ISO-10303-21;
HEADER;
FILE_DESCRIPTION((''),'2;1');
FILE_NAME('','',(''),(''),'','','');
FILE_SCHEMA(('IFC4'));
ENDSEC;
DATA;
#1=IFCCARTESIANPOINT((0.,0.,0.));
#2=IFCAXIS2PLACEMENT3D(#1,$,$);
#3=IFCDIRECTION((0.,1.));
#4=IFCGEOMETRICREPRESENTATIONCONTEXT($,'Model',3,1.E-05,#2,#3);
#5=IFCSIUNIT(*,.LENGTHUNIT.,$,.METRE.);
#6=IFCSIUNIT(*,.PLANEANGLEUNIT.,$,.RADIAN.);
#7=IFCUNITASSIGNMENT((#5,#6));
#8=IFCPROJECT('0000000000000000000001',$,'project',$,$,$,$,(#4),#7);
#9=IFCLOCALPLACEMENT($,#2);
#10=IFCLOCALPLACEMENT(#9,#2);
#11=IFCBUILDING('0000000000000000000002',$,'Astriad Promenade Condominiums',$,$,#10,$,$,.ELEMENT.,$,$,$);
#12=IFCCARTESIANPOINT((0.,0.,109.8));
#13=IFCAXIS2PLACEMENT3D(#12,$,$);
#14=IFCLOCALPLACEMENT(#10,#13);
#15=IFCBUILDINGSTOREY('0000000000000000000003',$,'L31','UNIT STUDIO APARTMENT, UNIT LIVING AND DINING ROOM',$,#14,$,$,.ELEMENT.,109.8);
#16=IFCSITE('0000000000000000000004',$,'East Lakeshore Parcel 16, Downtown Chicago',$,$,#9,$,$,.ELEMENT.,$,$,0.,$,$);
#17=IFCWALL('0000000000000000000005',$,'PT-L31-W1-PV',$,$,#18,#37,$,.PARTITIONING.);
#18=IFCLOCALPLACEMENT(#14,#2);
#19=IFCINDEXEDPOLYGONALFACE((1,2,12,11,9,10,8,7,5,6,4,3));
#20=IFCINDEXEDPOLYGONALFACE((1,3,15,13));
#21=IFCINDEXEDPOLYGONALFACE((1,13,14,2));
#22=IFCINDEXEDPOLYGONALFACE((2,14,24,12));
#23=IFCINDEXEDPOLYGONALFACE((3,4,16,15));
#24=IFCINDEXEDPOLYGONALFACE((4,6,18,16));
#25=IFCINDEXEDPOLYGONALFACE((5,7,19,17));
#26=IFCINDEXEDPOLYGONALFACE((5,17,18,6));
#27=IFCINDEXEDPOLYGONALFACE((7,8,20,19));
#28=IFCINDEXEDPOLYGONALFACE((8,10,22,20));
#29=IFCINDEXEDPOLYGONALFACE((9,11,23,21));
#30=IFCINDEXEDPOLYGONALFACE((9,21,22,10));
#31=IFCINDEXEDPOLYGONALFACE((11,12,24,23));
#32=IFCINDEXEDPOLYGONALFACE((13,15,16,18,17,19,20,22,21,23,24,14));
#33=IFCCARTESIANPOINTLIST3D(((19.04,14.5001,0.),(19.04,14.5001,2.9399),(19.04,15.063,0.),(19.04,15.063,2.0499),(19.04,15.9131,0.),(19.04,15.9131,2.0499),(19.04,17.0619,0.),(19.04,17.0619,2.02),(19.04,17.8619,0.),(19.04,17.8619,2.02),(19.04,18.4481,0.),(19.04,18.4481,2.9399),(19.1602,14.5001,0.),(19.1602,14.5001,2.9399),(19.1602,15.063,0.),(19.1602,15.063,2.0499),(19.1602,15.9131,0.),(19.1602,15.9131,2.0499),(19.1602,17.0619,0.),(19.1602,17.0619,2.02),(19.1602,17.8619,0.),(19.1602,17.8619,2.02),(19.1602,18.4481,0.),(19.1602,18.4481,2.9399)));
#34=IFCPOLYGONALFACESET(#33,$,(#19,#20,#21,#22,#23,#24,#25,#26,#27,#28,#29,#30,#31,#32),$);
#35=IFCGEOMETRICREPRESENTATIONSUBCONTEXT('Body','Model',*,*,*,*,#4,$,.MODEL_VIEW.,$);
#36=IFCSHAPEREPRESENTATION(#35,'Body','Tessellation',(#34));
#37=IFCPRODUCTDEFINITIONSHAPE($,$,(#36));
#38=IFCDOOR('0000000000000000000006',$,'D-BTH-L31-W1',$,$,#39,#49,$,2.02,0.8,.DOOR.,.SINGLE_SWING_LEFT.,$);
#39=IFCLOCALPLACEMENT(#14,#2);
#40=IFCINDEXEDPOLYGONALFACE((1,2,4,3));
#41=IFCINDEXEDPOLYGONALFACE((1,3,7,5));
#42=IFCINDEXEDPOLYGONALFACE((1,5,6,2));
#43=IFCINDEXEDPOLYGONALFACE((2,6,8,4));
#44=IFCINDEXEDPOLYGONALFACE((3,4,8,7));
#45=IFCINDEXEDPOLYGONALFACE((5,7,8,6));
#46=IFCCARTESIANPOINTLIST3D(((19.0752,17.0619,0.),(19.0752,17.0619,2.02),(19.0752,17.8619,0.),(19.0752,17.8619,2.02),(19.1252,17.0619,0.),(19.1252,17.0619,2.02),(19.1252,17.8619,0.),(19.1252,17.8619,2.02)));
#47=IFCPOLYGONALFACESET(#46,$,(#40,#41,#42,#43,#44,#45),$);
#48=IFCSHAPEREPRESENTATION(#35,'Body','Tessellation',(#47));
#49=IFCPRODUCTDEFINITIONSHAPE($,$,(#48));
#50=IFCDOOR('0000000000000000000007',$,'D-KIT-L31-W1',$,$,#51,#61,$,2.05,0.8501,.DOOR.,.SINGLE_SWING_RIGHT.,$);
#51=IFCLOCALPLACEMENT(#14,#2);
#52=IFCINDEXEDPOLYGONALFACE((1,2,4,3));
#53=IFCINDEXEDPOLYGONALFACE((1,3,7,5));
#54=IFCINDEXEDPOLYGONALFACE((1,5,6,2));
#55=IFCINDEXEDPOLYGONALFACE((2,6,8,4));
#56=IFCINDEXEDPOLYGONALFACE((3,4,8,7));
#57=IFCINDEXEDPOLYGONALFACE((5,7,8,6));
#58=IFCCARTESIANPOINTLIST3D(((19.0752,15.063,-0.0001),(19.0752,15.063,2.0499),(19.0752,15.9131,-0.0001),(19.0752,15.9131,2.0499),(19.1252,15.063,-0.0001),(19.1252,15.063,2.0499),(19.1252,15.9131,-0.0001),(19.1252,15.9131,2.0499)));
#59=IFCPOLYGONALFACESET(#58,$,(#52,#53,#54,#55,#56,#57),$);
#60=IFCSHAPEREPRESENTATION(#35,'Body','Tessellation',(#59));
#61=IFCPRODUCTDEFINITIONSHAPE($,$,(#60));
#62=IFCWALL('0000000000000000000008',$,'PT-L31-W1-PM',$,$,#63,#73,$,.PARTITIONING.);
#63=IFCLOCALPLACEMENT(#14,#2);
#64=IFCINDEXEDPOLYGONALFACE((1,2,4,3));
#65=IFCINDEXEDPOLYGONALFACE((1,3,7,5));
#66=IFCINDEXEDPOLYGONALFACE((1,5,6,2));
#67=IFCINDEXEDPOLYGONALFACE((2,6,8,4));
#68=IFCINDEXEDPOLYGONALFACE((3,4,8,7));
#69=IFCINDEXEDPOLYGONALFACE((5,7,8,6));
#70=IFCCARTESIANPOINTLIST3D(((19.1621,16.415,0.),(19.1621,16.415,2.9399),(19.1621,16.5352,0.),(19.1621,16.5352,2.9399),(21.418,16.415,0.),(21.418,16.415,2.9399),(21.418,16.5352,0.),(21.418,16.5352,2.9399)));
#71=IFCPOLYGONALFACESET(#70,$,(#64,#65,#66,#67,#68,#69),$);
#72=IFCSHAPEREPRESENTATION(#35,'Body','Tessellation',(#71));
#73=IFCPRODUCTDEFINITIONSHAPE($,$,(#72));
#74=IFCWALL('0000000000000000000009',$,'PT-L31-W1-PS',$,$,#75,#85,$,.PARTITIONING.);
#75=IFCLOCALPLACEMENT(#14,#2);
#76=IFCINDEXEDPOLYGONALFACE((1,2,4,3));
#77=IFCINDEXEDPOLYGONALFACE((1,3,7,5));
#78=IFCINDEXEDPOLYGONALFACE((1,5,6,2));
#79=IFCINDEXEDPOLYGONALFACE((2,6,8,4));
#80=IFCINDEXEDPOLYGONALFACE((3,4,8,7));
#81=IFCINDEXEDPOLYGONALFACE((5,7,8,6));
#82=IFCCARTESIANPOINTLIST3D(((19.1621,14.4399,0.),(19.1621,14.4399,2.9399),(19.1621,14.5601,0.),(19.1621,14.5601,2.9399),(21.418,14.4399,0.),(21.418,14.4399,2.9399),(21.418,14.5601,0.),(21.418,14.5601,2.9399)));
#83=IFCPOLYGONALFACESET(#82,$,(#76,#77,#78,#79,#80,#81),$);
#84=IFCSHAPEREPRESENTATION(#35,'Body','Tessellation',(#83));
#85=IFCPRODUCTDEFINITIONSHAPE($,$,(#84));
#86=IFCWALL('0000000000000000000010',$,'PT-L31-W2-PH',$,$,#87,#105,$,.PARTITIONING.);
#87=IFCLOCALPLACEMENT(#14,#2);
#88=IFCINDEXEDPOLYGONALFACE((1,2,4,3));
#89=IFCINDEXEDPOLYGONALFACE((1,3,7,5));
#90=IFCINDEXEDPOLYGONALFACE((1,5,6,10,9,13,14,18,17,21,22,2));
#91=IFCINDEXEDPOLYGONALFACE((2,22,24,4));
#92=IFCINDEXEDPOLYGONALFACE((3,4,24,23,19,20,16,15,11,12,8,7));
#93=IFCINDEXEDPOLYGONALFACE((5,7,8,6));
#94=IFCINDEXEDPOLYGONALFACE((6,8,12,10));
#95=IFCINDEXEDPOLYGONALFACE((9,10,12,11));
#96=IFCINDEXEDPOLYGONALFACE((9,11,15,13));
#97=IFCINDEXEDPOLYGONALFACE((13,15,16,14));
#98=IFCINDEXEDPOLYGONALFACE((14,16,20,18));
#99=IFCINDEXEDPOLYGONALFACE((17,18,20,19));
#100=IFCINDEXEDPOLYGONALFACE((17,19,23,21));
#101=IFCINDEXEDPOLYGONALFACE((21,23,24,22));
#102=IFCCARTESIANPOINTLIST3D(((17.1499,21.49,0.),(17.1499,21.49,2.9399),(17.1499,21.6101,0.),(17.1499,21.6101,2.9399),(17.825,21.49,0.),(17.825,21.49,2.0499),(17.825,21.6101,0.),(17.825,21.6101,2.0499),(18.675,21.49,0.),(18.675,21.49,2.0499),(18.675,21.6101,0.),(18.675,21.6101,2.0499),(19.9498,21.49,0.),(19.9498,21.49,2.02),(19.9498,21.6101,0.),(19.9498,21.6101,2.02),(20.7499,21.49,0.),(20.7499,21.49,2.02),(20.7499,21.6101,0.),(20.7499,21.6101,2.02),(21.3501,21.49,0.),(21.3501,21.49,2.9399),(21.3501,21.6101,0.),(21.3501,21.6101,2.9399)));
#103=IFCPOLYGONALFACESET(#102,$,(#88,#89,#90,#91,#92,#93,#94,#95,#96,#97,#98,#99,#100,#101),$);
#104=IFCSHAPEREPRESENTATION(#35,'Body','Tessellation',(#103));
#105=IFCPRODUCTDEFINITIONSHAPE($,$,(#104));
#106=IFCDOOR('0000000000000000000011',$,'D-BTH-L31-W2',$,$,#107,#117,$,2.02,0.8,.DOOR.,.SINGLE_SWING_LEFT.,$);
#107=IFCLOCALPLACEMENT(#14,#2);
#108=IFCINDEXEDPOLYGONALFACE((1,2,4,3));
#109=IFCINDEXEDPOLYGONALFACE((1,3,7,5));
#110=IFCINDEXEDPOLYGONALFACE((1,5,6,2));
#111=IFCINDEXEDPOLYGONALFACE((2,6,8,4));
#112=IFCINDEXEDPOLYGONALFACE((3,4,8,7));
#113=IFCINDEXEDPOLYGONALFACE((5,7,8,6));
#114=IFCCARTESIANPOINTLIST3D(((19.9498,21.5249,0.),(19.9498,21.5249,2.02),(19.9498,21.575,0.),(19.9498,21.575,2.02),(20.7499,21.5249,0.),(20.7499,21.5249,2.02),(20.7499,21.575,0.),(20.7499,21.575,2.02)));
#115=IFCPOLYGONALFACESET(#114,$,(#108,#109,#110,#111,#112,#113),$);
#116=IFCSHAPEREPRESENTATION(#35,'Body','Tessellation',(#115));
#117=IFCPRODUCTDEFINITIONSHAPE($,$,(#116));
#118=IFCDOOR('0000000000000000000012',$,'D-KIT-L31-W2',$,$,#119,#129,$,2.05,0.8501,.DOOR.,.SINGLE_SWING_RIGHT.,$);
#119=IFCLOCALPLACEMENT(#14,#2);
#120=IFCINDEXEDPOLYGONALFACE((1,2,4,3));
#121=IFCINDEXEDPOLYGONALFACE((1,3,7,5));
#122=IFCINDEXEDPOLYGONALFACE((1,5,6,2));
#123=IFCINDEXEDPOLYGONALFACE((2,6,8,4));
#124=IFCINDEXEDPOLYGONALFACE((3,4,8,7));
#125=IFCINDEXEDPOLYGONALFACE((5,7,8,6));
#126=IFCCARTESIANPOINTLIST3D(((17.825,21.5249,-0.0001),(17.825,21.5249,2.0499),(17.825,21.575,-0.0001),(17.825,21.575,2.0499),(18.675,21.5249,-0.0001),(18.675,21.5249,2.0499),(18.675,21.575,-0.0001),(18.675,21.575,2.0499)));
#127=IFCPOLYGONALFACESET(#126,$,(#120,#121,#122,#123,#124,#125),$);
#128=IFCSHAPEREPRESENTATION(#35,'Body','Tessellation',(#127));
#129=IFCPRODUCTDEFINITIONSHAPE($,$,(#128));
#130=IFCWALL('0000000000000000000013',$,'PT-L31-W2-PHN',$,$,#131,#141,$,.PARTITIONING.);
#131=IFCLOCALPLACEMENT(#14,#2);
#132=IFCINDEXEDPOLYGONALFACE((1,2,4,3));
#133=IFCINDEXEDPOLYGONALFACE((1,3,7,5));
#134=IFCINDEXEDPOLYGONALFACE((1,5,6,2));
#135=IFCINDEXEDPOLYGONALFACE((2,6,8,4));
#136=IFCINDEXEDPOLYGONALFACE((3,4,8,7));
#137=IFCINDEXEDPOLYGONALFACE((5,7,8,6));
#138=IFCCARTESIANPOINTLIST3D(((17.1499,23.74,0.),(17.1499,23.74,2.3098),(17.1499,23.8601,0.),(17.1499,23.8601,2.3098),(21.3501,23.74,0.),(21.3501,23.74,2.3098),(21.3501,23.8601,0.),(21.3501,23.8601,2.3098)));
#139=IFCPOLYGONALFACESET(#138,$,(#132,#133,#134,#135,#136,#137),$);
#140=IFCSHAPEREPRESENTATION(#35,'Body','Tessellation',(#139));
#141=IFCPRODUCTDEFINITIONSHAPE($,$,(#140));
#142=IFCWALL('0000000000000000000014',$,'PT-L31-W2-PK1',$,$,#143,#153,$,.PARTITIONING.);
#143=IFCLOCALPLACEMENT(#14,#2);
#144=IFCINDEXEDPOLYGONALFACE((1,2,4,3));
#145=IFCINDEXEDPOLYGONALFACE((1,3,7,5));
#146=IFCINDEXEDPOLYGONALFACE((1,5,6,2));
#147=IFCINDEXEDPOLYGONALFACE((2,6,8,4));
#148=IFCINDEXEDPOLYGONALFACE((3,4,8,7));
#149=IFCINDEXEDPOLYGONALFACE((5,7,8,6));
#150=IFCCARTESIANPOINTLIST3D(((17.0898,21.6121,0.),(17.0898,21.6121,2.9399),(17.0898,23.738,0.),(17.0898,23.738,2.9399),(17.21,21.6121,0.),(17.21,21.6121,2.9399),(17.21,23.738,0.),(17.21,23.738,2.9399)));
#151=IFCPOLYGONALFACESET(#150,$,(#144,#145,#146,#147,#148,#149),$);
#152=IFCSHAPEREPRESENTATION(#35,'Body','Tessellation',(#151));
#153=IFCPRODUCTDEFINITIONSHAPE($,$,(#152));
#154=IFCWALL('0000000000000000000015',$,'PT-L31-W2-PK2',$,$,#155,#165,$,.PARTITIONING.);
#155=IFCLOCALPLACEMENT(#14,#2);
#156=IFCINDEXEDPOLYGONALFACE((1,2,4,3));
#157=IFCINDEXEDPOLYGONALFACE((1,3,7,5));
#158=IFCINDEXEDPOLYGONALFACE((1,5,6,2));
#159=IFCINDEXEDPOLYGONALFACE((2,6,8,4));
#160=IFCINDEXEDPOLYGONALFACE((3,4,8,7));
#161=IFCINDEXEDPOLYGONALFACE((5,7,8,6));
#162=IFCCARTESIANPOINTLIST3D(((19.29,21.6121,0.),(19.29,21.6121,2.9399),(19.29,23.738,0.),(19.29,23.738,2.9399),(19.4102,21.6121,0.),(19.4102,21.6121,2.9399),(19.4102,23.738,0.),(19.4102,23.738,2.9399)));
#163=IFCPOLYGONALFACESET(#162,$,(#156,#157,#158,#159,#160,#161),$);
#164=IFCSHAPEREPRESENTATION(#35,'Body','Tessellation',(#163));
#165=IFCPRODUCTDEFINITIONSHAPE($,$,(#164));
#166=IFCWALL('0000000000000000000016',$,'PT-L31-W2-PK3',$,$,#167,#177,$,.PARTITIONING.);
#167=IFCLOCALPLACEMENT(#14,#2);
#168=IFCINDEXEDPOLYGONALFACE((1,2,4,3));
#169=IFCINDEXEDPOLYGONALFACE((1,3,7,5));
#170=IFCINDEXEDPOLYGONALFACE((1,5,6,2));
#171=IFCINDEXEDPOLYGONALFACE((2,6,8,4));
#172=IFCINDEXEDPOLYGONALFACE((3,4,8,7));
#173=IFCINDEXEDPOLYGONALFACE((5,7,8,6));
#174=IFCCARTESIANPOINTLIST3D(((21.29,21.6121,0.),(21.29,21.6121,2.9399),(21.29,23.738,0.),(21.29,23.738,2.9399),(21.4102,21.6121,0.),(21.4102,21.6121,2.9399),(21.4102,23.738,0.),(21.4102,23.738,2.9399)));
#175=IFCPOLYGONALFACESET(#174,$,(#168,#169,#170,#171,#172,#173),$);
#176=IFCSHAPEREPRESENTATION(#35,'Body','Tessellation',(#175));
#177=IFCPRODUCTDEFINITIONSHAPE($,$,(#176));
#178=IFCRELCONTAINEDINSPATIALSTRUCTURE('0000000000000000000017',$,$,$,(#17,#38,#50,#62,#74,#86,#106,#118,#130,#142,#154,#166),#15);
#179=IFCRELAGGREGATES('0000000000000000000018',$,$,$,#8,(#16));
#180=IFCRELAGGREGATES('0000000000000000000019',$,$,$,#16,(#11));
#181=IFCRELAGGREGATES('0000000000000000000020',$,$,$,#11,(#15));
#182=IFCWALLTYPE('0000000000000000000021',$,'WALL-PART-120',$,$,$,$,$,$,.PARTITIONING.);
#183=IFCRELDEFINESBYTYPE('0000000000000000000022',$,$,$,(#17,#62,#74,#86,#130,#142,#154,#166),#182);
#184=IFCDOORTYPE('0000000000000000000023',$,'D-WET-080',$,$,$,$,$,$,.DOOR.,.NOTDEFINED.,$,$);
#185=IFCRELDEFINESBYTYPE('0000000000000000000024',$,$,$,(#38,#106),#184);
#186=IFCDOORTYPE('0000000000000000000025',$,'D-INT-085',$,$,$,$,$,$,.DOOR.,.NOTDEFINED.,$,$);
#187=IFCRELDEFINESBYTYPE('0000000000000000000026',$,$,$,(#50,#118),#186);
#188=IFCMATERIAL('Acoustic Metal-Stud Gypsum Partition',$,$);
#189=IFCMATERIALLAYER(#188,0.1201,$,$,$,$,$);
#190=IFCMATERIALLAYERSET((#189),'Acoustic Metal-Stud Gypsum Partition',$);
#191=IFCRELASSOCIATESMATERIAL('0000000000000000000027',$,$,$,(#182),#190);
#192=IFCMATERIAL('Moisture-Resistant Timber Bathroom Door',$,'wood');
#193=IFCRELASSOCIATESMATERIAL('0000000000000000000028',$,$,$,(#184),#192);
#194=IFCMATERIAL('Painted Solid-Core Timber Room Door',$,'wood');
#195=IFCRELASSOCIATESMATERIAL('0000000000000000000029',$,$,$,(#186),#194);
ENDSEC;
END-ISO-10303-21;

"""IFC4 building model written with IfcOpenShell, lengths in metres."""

from ifc_helpers import new_model, si_unit, direction, frame, frame_2d, origin, place, context, subcontext, project, spatial, rectangle, extrude, source, transform, mapped, material, layer, layer_set, type_object, type_shapes, element, fill, save


model = new_model("IFC4")

# Units and contexts
model_context = context("Model", 3, precision=1e-05, world=origin(), true_north=direction((0.0, 1.0)))
body_context = subcontext(model_context, "Body", "Model", "MODEL_VIEW")
ifc_project = project(units=[si_unit("LENGTHUNIT", "METRE"), si_unit("PLANEANGLEUNIT", "RADIAN")], contexts=[model_context])

# Site, building, storey
site_placement = place(None, origin())
site = spatial("IfcSite", under=ifc_project, at=site_placement, Name="East Lakeshore Parcel 16, Downtown Chicago", CompositionType="ELEMENT", RefElevation=0.0)
building_placement = place(site_placement, origin())
building = spatial("IfcBuilding", under=site, at=building_placement, Name="Astriad Promenade Condominiums", CompositionType="ELEMENT")
storey_placement = place(building_placement, frame((0.0, 0.0, 109.8)))
storey = spatial("IfcBuildingStorey", under=building, at=storey_placement, Name="L31", Description="UNIT STUDIO APARTMENT, UNIT LIVING AND DINING ROOM", CompositionType="ELEMENT", Elevation=109.8)

# Wall, openings, doors
ifc_material_1 = material(Name="Acoustic Metal-Stud Gypsum Partition")
ifc_layer_1 = layer(ifc_material_1, 0.1201)
ifc_layer_set_1 = layer_set([ifc_layer_1], Name="Acoustic Metal-Stud Gypsum Partition")
wall_type_1 = type_object("IfcWallType", Name="WALL-PART-120", PredefinedType="PARTITIONING", material=ifc_layer_set_1)
wall_1_placement = place(storey_placement, frame((19.1001, 14.5, 0.0), z_axis=(0.0, 0.0, 1.0), x_axis=(0.0, 1.0, 0.0)))
wall_1 = element("IfcWall", 1, at=wall_1_placement, inside=storey, type_object=wall_type_1, Name="PT-L31-W1-PV", PredefinedType="PARTITIONING", context=body_context, shape_type="SweptSolid", body=[
    extrude(rectangle(XDim=3.948, YDim=0.1201, at=frame_2d((1.9741, 0.0))), origin(), (0.0, 0.0, 1.0), 2.9399),
])
opening_1_placement = place(wall_1_placement, frame((0.563, 0.0, 0.0)))
opening_1 = element("IfcOpeningElement", 2, at=opening_1_placement, cuts=wall_1, PredefinedType="OPENING", context=body_context, shape_type="SweptSolid", body=[
    extrude(rectangle(XDim=0.8501, YDim=2.05, at=frame_2d((0.425, 1.0249))), frame((0.0, 0.0701, 0.0), z_axis=(0.0, -1.0, 0.0), x_axis=(1.0, 0.0, 0.0)), (0.0, 0.0, 1.0), 0.1401),
])
opening_2_placement = place(wall_1_placement, frame((2.562, 0.0, 0.0)))
opening_2 = element("IfcOpeningElement", 3, at=opening_2_placement, cuts=wall_1, PredefinedType="OPENING", context=body_context, shape_type="SweptSolid", body=[
    extrude(rectangle(XDim=0.8, YDim=2.02, at=frame_2d((0.3999, 1.01))), frame((0.0, 0.0701, 0.0), z_axis=(0.0, -1.0, 0.0), x_axis=(1.0, 0.0, 0.0)), (0.0, 0.0, 1.0), 0.1401),
])
ifc_material_2 = material(Name="Moisture-Resistant Timber Bathroom Door", Category="wood")
door_type_1 = type_object("IfcDoorType", Name="D-WET-080", OperationType="NOTDEFINED", PredefinedType="DOOR", material=ifc_material_2)
shared_shape_1 = source(origin(), body_context, "Body", "SweptSolid", [
    extrude(rectangle(XDim=0.8, YDim=2.02, at=frame_2d((0.3999, 1.01))), frame((0.0, 0.0249, 0.0), z_axis=(0.0, -1.0, 0.0), x_axis=(1.0, 0.0, 0.0)), (0.0, 0.0, 1.0), 0.05),
])
type_shapes(door_type_1, [shared_shape_1])
door_1_placement = place(opening_2_placement, origin())
door_1 = element("IfcDoor", 4, at=door_1_placement, inside=storey, type_object=door_type_1, Name="D-BTH-L31-W1", OperationType="SINGLE_SWING_LEFT", OverallHeight=2.02, OverallWidth=0.8, PredefinedType="DOOR", context=body_context, shape_type="MappedRepresentation", body=[
    mapped(shared_shape_1, transform((0.0, 0.0, 0.0), scale=1.0)),
])
fill(opening_2, door_1)
ifc_material_3 = material(Name="Painted Solid-Core Timber Room Door", Category="wood")
door_type_2 = type_object("IfcDoorType", Name="D-INT-085", OperationType="NOTDEFINED", PredefinedType="DOOR", material=ifc_material_3)
shared_shape_2 = source(origin(), body_context, "Body", "SweptSolid", [
    extrude(rectangle(XDim=0.8501, YDim=2.05, at=frame_2d((0.425, 1.0249))), frame((0.0, 0.0249, 0.0), z_axis=(0.0, -1.0, 0.0), x_axis=(1.0, 0.0, 0.0)), (0.0, 0.0, 1.0), 0.05),
])
type_shapes(door_type_2, [shared_shape_2])
door_2_placement = place(opening_1_placement, origin())
door_2 = element("IfcDoor", 5, at=door_2_placement, inside=storey, type_object=door_type_2, Name="D-KIT-L31-W1", OperationType="SINGLE_SWING_RIGHT", OverallHeight=2.05, OverallWidth=0.8501, PredefinedType="DOOR", context=body_context, shape_type="MappedRepresentation", body=[
    mapped(shared_shape_2, transform((0.0, 0.0, 0.0), scale=1.0)),
])
fill(opening_1, door_2)

# Walls
for number, where, z_axis, x_axis, name in (
    (6, (19.1621, 16.4751, 0.0), (0.0, 0.0, 1.0), (1.0, 0.0, 0.0), "PT-L31-W1-PM"),
    (7, (19.1621, 14.5, 0.0), (0.0, 0.0, 1.0), (1.0, 0.0, 0.0), "PT-L31-W1-PS"),
):
    element("IfcWall", number, at=place(storey_placement, frame(where, z_axis=z_axis, x_axis=x_axis)), inside=storey, type_object=wall_type_1, Name=name, PredefinedType="PARTITIONING", context=body_context, shape_type="SweptSolid", body=[
        extrude(rectangle(XDim=2.2559, YDim=0.1201, at=frame_2d((1.1279, 0.0))), origin(), (0.0, 0.0, 1.0), 2.9399),
    ])

# Wall, openings, doors
wall_2_placement = place(storey_placement, frame((17.1499, 21.55, 0.0), z_axis=(0.0, 0.0, 1.0), x_axis=(1.0, 0.0, 0.0)))
wall_2 = element("IfcWall", 8, at=wall_2_placement, inside=storey, type_object=wall_type_1, Name="PT-L31-W2-PH", PredefinedType="PARTITIONING", context=body_context, shape_type="SweptSolid", body=[
    extrude(rectangle(XDim=4.2002, YDim=0.1201, at=frame_2d((2.1001, 0.0))), origin(), (0.0, 0.0, 1.0), 2.9399),
])
opening_3_placement = place(wall_2_placement, frame((0.675, 0.0, 0.0)))
opening_3 = element("IfcOpeningElement", 9, at=opening_3_placement, cuts=wall_2, PredefinedType="OPENING", context=body_context, shape_type="SweptSolid", body=[
    extrude(rectangle(XDim=0.8501, YDim=2.05, at=frame_2d((0.425, 1.0249))), frame((0.0, 0.0701, 0.0), z_axis=(0.0, -1.0, 0.0), x_axis=(1.0, 0.0, 0.0)), (0.0, 0.0, 1.0), 0.1401),
])
opening_4_placement = place(wall_2_placement, frame((2.8, 0.0, 0.0)))
opening_4 = element("IfcOpeningElement", 10, at=opening_4_placement, cuts=wall_2, PredefinedType="OPENING", context=body_context, shape_type="SweptSolid", body=[
    extrude(rectangle(XDim=0.8, YDim=2.02, at=frame_2d((0.3999, 1.01))), frame((0.0, 0.0701, 0.0), z_axis=(0.0, -1.0, 0.0), x_axis=(1.0, 0.0, 0.0)), (0.0, 0.0, 1.0), 0.1401),
])
door_3_placement = place(opening_4_placement, origin())
door_3 = element("IfcDoor", 11, at=door_3_placement, inside=storey, type_object=door_type_1, Name="D-BTH-L31-W2", OperationType="SINGLE_SWING_LEFT", OverallHeight=2.02, OverallWidth=0.8, PredefinedType="DOOR", context=body_context, shape_type="MappedRepresentation", body=[
    mapped(shared_shape_1, transform((0.0, 0.0, 0.0), scale=1.0)),
])
fill(opening_4, door_3)
door_4_placement = place(opening_3_placement, origin())
door_4 = element("IfcDoor", 12, at=door_4_placement, inside=storey, type_object=door_type_2, Name="D-KIT-L31-W2", OperationType="SINGLE_SWING_RIGHT", OverallHeight=2.05, OverallWidth=0.8501, PredefinedType="DOOR", context=body_context, shape_type="MappedRepresentation", body=[
    mapped(shared_shape_2, transform((0.0, 0.0, 0.0), scale=1.0)),
])
fill(opening_3, door_4)

# Walls
wall_3_placement = place(storey_placement, frame((17.1499, 23.8, 0.0), z_axis=(0.0, 0.0, 1.0), x_axis=(1.0, 0.0, 0.0)))
element("IfcWall", 13, at=wall_3_placement, inside=storey, type_object=wall_type_1, Name="PT-L31-W2-PHN", PredefinedType="PARTITIONING", context=body_context, shape_type="SweptSolid", body=[
    extrude(rectangle(XDim=4.2002, YDim=0.1201, at=frame_2d((2.1001, 0.0))), origin(), (0.0, 0.0, 1.0), 2.3098),
])
for number, where, z_axis, x_axis, name in (
    (14, (17.1499, 21.6121, 0.0), (0.0, 0.0, 1.0), (0.0, 1.0, 0.0), "PT-L31-W2-PK1"),
    (15, (19.3501, 21.6121, 0.0), (0.0, 0.0, 1.0), (0.0, 1.0, 0.0), "PT-L31-W2-PK2"),
    (16, (21.3501, 21.6121, 0.0), (0.0, 0.0, 1.0), (0.0, 1.0, 0.0), "PT-L31-W2-PK3"),
):
    element("IfcWall", number, at=place(storey_placement, frame(where, z_axis=z_axis, x_axis=x_axis)), inside=storey, type_object=wall_type_1, Name=name, PredefinedType="PARTITIONING", context=body_context, shape_type="SweptSolid", body=[
        extrude(rectangle(XDim=2.126, YDim=0.1201, at=frame_2d((1.063, 0.0))), origin(), (0.0, 0.0, 1.0), 2.9399),
    ])

save(model, "model.ifc")
